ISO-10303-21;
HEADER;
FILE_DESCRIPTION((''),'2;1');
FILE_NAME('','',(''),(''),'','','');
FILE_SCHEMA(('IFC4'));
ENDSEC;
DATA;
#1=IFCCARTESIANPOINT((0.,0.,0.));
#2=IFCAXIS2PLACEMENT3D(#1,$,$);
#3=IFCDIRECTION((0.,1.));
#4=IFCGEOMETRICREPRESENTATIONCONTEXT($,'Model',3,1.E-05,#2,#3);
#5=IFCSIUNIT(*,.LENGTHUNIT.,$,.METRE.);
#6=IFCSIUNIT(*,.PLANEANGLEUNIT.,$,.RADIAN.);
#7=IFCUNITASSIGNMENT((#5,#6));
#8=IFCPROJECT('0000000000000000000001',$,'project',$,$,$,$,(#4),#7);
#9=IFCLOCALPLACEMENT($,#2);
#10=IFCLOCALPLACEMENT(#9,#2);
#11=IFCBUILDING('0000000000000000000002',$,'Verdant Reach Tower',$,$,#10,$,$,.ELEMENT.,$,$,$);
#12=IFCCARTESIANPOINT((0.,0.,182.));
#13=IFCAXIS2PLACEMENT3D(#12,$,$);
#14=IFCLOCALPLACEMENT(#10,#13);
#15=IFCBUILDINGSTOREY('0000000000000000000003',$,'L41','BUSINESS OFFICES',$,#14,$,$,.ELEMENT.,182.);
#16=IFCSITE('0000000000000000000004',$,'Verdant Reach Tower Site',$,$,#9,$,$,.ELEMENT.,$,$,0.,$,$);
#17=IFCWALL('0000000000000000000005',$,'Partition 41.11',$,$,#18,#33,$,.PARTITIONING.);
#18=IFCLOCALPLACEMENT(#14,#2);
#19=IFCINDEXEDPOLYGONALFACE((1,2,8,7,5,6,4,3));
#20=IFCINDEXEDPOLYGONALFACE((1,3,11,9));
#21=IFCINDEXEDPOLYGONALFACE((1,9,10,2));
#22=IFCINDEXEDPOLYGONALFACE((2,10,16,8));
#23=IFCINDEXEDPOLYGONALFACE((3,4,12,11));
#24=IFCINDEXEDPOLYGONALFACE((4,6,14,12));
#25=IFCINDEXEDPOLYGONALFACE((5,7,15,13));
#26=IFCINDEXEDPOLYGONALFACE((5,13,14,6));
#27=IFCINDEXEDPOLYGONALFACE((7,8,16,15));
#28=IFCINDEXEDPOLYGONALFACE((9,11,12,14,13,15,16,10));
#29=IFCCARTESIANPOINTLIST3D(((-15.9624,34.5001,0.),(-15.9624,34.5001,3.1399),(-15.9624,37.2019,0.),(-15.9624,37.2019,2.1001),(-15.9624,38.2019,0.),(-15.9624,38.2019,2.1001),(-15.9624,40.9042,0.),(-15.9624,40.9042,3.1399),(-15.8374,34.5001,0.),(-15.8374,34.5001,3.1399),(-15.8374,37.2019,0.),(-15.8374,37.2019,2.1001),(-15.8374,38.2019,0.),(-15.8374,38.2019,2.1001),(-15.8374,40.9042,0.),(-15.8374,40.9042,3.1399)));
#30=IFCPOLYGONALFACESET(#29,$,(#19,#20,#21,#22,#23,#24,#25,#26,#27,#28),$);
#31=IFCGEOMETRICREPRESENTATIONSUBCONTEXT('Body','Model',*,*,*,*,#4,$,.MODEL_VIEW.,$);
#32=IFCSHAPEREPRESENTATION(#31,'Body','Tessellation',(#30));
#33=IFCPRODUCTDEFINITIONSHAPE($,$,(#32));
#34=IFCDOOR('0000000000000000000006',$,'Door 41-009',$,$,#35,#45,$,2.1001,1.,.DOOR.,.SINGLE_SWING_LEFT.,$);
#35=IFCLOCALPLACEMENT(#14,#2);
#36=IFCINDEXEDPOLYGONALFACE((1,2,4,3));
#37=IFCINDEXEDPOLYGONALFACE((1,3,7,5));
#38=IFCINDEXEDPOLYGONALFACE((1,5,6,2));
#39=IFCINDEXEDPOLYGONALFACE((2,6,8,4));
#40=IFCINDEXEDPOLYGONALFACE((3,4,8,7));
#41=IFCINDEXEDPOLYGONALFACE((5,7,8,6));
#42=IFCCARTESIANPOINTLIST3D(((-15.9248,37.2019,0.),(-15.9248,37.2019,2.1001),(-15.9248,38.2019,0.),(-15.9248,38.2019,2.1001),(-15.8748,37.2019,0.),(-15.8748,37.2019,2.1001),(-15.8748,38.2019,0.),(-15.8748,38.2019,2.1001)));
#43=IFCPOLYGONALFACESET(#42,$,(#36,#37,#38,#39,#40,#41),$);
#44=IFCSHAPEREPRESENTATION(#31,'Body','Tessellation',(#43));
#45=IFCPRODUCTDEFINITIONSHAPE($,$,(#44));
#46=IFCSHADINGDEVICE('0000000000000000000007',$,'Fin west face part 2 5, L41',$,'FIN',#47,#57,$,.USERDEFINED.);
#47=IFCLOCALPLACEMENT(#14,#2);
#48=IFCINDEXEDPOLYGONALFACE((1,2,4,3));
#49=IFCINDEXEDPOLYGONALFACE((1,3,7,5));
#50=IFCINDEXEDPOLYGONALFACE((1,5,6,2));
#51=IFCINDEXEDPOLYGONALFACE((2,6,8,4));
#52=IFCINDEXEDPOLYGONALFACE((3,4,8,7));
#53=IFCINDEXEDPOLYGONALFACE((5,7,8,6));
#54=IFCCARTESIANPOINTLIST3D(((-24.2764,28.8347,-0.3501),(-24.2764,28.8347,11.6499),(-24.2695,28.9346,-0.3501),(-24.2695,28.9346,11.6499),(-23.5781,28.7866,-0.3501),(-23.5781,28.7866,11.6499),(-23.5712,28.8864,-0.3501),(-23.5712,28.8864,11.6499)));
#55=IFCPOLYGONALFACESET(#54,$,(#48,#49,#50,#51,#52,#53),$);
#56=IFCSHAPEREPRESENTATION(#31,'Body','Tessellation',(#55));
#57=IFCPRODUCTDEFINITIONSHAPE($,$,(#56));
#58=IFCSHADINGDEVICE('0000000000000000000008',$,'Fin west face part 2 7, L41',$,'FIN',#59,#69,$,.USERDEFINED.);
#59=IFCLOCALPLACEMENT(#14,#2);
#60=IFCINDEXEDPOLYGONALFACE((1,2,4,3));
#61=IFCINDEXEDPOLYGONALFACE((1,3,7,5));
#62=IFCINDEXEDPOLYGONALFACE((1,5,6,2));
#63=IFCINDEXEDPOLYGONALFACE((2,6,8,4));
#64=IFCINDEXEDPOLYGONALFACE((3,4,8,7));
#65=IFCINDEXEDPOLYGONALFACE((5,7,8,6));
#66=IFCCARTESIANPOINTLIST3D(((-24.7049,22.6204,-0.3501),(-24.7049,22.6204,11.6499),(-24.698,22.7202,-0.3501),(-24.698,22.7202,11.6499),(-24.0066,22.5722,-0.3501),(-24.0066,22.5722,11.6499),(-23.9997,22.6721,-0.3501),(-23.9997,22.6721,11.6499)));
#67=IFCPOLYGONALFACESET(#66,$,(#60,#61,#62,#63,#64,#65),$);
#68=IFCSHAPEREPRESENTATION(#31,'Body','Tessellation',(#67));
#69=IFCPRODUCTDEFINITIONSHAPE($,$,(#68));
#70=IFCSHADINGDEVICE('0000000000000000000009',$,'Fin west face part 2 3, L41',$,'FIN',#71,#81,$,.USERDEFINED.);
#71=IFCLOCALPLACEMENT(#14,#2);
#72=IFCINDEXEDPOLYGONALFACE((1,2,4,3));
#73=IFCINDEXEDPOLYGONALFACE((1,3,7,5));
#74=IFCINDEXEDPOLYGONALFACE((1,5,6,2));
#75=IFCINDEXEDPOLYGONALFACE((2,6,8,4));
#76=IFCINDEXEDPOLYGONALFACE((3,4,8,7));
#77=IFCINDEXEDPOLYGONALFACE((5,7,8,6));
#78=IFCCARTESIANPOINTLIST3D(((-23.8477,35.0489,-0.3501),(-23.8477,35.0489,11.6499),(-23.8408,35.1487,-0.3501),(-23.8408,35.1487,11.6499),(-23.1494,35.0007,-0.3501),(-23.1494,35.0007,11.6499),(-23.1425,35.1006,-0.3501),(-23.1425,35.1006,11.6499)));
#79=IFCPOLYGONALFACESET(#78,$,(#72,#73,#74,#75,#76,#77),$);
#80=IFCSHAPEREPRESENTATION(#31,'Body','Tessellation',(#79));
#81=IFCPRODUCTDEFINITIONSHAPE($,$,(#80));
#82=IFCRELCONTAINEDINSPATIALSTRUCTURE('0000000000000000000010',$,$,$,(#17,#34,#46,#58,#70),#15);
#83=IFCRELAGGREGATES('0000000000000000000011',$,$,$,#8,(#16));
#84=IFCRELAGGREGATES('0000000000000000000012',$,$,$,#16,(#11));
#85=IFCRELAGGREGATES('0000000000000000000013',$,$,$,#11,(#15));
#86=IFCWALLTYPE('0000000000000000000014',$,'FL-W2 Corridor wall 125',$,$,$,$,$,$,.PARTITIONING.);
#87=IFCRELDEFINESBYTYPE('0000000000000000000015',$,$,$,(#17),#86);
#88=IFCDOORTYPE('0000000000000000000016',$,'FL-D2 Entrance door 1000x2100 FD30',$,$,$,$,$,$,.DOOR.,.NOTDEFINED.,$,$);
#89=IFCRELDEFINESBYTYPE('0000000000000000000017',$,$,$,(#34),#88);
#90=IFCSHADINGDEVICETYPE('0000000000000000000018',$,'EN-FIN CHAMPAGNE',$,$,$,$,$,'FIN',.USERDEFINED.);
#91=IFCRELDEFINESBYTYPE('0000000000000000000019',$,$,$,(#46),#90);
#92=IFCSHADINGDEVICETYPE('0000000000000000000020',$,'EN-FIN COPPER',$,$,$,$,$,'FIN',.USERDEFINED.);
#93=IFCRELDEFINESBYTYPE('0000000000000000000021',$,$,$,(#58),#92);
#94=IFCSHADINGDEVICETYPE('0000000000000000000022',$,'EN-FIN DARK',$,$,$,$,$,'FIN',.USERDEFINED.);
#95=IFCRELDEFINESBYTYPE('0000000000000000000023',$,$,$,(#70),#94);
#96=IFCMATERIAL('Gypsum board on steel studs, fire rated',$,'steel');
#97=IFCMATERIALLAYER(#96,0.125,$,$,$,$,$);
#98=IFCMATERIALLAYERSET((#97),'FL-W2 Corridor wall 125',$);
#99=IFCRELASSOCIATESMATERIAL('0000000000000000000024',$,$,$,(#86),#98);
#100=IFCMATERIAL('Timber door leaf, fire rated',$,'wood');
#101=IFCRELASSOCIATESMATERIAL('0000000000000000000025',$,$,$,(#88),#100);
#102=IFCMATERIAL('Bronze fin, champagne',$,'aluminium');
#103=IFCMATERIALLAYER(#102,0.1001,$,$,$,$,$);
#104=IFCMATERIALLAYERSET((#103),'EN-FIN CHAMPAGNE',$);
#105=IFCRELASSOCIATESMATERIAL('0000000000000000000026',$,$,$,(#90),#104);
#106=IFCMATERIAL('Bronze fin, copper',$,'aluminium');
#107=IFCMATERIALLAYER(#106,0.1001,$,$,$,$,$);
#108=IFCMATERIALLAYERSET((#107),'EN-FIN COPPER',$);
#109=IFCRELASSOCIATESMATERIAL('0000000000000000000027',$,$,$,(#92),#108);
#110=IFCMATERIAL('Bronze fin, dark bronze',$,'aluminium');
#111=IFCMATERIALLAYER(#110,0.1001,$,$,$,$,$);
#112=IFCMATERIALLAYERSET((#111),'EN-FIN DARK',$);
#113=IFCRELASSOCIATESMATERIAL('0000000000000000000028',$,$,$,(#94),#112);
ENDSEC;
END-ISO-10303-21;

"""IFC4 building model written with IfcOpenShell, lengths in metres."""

from ifc_helpers import new_model, si_unit, direction, frame, frame_2d, origin, origin_2d, place, context, subcontext, project, spatial, rectangle, extrude, material, layer, layer_set, type_object, element, fill, save


model = new_model("IFC4")

# Units and contexts
model_context = context("Model", 3, precision=1e-05, world=origin(), true_north=direction((0.0, 1.0)))
body_context = subcontext(model_context, "Body", "Model", "MODEL_VIEW")
ifc_project = project(units=[si_unit("LENGTHUNIT", "METRE"), si_unit("PLANEANGLEUNIT", "RADIAN")], contexts=[model_context])

# Site, building, storey
site_placement = place(None, origin())
site = spatial("IfcSite", under=ifc_project, at=site_placement, Name="Verdant Reach Tower Site", CompositionType="ELEMENT", RefElevation=0.0)
building_placement = place(site_placement, origin())
building = spatial("IfcBuilding", under=site, at=building_placement, Name="Verdant Reach Tower", CompositionType="ELEMENT")
storey_placement = place(building_placement, frame((0.0, 0.0, 182.0)))
storey = spatial("IfcBuildingStorey", under=building, at=storey_placement, Name="L41", Description="BUSINESS OFFICES", CompositionType="ELEMENT", Elevation=182.0)

# Wall, opening, door
ifc_material_1 = material(Name="Gypsum board on steel studs, fire rated", Category="steel")
ifc_layer_1 = layer(ifc_material_1, 0.125)
ifc_layer_set_1 = layer_set([ifc_layer_1], Name="FL-W2 Corridor wall 125")
wall_type_1 = type_object("IfcWallType", Name="FL-W2 Corridor wall 125", PredefinedType="PARTITIONING", material=ifc_layer_set_1)
wall_1_placement = place(storey_placement, frame((-15.8999, 34.5, 0.0), z_axis=(0.0, 0.0, 1.0), x_axis=(0.0, 1.0, 0.0)))
wall_1 = element("IfcWall", 1, at=wall_1_placement, inside=storey, type_object=wall_type_1, Name="Partition 41.11", PredefinedType="PARTITIONING", context=body_context, shape_type="SweptSolid", body=[
    extrude(rectangle(XDim=6.4041, YDim=0.125, at=frame_2d((3.2021, 0.0))), origin(), (0.0, 0.0, 1.0), 3.1399),
])
opening_1_placement = place(wall_1_placement, frame((2.7019, 0.0, 0.0)))
opening_1 = element("IfcOpeningElement", 2, at=opening_1_placement, cuts=wall_1, PredefinedType="OPENING", context=body_context, shape_type="SweptSolid", body=[
    extrude(rectangle(XDim=1.0, YDim=2.1001, at=frame_2d((0.5, 1.05))), frame((0.0, 0.0725, 0.0), z_axis=(0.0, -1.0, 0.0), x_axis=(1.0, 0.0, 0.0)), (0.0, 0.0, 1.0), 0.145),
])
ifc_material_2 = material(Name="Timber door leaf, fire rated", Category="wood")
door_type_1 = type_object("IfcDoorType", Name="FL-D2 Entrance door 1000x2100 FD30", OperationType="NOTDEFINED", PredefinedType="DOOR", material=ifc_material_2)
door_1_placement = place(opening_1_placement, origin())
door_1 = element("IfcDoor", 3, at=door_1_placement, inside=storey, type_object=door_type_1, Name="Door 41-009", OperationType="SINGLE_SWING_LEFT", OverallHeight=2.1001, OverallWidth=1.0, PredefinedType="DOOR", context=body_context, shape_type="SweptSolid", body=[
    extrude(rectangle(XDim=1.0, YDim=2.1001, at=frame_2d((0.5, 1.05))), frame((0.0, 0.0249, 0.0), z_axis=(0.0, -1.0, 0.0), x_axis=(1.0, 0.0, 0.0)), (0.0, 0.0, 1.0), 0.05),
])
fill(opening_1, door_1)

# Shading devices
ifc_material_3 = material(Name="Bronze fin, champagne", Category="aluminium")
ifc_layer_2 = layer(ifc_material_3, 0.1001)
ifc_layer_set_2 = layer_set([ifc_layer_2], Name="EN-FIN CHAMPAGNE")
shading_device_type_1 = type_object("IfcShadingDeviceType", Name="EN-FIN CHAMPAGNE", ElementType="FIN", PredefinedType="USERDEFINED", material=ifc_layer_set_2)
shading_device_1_placement = place(storey_placement, frame((-23.9238, 28.8606, -0.3501), z_axis=(0.0, 0.0, 1.0), x_axis=(-0.068802, -0.99763, 0.0)))
element("IfcShadingDevice", 4, at=shading_device_1_placement, inside=storey, type_object=shading_device_type_1, Name="Fin west face part 2 5, L41", ObjectType="FIN", PredefinedType="USERDEFINED", context=body_context, shape_type="SweptSolid", body=[
    extrude(rectangle(XDim=0.1001, YDim=0.7, at=origin_2d()), origin(), (0.0, 0.0, 1.0), 12.0),
])
ifc_material_4 = material(Name="Bronze fin, copper", Category="aluminium")
ifc_layer_3 = layer(ifc_material_4, 0.1001)
ifc_layer_set_3 = layer_set([ifc_layer_3], Name="EN-FIN COPPER")
shading_device_type_2 = type_object("IfcShadingDeviceType", Name="EN-FIN COPPER", ElementType="FIN", PredefinedType="USERDEFINED", material=ifc_layer_set_3)
shading_device_2_placement = place(storey_placement, frame((-24.3523, 22.6462, -0.3501), z_axis=(0.0, 0.0, 1.0), x_axis=(-0.068802, -0.99763, 0.0)))
element("IfcShadingDevice", 5, at=shading_device_2_placement, inside=storey, type_object=shading_device_type_2, Name="Fin west face part 2 7, L41", ObjectType="FIN", PredefinedType="USERDEFINED", context=body_context, shape_type="SweptSolid", body=[
    extrude(rectangle(XDim=0.1001, YDim=0.7, at=origin_2d()), origin(), (0.0, 0.0, 1.0), 12.0),
])
ifc_material_5 = material(Name="Bronze fin, dark bronze", Category="aluminium")
ifc_layer_4 = layer(ifc_material_5, 0.1001)
ifc_layer_set_4 = layer_set([ifc_layer_4], Name="EN-FIN DARK")
shading_device_type_3 = type_object("IfcShadingDeviceType", Name="EN-FIN DARK", ElementType="FIN", PredefinedType="USERDEFINED", material=ifc_layer_set_4)
shading_device_3_placement = place(storey_placement, frame((-23.4951, 35.0747, -0.3501), z_axis=(0.0, 0.0, 1.0), x_axis=(-0.068802, -0.99763, 0.0)))
element("IfcShadingDevice", 6, at=shading_device_3_placement, inside=storey, type_object=shading_device_type_3, Name="Fin west face part 2 3, L41", ObjectType="FIN", PredefinedType="USERDEFINED", context=body_context, shape_type="SweptSolid", body=[
    extrude(rectangle(XDim=0.1001, YDim=0.7, at=origin_2d()), origin(), (0.0, 0.0, 1.0), 12.0),
])

save(model, "model.ifc")
